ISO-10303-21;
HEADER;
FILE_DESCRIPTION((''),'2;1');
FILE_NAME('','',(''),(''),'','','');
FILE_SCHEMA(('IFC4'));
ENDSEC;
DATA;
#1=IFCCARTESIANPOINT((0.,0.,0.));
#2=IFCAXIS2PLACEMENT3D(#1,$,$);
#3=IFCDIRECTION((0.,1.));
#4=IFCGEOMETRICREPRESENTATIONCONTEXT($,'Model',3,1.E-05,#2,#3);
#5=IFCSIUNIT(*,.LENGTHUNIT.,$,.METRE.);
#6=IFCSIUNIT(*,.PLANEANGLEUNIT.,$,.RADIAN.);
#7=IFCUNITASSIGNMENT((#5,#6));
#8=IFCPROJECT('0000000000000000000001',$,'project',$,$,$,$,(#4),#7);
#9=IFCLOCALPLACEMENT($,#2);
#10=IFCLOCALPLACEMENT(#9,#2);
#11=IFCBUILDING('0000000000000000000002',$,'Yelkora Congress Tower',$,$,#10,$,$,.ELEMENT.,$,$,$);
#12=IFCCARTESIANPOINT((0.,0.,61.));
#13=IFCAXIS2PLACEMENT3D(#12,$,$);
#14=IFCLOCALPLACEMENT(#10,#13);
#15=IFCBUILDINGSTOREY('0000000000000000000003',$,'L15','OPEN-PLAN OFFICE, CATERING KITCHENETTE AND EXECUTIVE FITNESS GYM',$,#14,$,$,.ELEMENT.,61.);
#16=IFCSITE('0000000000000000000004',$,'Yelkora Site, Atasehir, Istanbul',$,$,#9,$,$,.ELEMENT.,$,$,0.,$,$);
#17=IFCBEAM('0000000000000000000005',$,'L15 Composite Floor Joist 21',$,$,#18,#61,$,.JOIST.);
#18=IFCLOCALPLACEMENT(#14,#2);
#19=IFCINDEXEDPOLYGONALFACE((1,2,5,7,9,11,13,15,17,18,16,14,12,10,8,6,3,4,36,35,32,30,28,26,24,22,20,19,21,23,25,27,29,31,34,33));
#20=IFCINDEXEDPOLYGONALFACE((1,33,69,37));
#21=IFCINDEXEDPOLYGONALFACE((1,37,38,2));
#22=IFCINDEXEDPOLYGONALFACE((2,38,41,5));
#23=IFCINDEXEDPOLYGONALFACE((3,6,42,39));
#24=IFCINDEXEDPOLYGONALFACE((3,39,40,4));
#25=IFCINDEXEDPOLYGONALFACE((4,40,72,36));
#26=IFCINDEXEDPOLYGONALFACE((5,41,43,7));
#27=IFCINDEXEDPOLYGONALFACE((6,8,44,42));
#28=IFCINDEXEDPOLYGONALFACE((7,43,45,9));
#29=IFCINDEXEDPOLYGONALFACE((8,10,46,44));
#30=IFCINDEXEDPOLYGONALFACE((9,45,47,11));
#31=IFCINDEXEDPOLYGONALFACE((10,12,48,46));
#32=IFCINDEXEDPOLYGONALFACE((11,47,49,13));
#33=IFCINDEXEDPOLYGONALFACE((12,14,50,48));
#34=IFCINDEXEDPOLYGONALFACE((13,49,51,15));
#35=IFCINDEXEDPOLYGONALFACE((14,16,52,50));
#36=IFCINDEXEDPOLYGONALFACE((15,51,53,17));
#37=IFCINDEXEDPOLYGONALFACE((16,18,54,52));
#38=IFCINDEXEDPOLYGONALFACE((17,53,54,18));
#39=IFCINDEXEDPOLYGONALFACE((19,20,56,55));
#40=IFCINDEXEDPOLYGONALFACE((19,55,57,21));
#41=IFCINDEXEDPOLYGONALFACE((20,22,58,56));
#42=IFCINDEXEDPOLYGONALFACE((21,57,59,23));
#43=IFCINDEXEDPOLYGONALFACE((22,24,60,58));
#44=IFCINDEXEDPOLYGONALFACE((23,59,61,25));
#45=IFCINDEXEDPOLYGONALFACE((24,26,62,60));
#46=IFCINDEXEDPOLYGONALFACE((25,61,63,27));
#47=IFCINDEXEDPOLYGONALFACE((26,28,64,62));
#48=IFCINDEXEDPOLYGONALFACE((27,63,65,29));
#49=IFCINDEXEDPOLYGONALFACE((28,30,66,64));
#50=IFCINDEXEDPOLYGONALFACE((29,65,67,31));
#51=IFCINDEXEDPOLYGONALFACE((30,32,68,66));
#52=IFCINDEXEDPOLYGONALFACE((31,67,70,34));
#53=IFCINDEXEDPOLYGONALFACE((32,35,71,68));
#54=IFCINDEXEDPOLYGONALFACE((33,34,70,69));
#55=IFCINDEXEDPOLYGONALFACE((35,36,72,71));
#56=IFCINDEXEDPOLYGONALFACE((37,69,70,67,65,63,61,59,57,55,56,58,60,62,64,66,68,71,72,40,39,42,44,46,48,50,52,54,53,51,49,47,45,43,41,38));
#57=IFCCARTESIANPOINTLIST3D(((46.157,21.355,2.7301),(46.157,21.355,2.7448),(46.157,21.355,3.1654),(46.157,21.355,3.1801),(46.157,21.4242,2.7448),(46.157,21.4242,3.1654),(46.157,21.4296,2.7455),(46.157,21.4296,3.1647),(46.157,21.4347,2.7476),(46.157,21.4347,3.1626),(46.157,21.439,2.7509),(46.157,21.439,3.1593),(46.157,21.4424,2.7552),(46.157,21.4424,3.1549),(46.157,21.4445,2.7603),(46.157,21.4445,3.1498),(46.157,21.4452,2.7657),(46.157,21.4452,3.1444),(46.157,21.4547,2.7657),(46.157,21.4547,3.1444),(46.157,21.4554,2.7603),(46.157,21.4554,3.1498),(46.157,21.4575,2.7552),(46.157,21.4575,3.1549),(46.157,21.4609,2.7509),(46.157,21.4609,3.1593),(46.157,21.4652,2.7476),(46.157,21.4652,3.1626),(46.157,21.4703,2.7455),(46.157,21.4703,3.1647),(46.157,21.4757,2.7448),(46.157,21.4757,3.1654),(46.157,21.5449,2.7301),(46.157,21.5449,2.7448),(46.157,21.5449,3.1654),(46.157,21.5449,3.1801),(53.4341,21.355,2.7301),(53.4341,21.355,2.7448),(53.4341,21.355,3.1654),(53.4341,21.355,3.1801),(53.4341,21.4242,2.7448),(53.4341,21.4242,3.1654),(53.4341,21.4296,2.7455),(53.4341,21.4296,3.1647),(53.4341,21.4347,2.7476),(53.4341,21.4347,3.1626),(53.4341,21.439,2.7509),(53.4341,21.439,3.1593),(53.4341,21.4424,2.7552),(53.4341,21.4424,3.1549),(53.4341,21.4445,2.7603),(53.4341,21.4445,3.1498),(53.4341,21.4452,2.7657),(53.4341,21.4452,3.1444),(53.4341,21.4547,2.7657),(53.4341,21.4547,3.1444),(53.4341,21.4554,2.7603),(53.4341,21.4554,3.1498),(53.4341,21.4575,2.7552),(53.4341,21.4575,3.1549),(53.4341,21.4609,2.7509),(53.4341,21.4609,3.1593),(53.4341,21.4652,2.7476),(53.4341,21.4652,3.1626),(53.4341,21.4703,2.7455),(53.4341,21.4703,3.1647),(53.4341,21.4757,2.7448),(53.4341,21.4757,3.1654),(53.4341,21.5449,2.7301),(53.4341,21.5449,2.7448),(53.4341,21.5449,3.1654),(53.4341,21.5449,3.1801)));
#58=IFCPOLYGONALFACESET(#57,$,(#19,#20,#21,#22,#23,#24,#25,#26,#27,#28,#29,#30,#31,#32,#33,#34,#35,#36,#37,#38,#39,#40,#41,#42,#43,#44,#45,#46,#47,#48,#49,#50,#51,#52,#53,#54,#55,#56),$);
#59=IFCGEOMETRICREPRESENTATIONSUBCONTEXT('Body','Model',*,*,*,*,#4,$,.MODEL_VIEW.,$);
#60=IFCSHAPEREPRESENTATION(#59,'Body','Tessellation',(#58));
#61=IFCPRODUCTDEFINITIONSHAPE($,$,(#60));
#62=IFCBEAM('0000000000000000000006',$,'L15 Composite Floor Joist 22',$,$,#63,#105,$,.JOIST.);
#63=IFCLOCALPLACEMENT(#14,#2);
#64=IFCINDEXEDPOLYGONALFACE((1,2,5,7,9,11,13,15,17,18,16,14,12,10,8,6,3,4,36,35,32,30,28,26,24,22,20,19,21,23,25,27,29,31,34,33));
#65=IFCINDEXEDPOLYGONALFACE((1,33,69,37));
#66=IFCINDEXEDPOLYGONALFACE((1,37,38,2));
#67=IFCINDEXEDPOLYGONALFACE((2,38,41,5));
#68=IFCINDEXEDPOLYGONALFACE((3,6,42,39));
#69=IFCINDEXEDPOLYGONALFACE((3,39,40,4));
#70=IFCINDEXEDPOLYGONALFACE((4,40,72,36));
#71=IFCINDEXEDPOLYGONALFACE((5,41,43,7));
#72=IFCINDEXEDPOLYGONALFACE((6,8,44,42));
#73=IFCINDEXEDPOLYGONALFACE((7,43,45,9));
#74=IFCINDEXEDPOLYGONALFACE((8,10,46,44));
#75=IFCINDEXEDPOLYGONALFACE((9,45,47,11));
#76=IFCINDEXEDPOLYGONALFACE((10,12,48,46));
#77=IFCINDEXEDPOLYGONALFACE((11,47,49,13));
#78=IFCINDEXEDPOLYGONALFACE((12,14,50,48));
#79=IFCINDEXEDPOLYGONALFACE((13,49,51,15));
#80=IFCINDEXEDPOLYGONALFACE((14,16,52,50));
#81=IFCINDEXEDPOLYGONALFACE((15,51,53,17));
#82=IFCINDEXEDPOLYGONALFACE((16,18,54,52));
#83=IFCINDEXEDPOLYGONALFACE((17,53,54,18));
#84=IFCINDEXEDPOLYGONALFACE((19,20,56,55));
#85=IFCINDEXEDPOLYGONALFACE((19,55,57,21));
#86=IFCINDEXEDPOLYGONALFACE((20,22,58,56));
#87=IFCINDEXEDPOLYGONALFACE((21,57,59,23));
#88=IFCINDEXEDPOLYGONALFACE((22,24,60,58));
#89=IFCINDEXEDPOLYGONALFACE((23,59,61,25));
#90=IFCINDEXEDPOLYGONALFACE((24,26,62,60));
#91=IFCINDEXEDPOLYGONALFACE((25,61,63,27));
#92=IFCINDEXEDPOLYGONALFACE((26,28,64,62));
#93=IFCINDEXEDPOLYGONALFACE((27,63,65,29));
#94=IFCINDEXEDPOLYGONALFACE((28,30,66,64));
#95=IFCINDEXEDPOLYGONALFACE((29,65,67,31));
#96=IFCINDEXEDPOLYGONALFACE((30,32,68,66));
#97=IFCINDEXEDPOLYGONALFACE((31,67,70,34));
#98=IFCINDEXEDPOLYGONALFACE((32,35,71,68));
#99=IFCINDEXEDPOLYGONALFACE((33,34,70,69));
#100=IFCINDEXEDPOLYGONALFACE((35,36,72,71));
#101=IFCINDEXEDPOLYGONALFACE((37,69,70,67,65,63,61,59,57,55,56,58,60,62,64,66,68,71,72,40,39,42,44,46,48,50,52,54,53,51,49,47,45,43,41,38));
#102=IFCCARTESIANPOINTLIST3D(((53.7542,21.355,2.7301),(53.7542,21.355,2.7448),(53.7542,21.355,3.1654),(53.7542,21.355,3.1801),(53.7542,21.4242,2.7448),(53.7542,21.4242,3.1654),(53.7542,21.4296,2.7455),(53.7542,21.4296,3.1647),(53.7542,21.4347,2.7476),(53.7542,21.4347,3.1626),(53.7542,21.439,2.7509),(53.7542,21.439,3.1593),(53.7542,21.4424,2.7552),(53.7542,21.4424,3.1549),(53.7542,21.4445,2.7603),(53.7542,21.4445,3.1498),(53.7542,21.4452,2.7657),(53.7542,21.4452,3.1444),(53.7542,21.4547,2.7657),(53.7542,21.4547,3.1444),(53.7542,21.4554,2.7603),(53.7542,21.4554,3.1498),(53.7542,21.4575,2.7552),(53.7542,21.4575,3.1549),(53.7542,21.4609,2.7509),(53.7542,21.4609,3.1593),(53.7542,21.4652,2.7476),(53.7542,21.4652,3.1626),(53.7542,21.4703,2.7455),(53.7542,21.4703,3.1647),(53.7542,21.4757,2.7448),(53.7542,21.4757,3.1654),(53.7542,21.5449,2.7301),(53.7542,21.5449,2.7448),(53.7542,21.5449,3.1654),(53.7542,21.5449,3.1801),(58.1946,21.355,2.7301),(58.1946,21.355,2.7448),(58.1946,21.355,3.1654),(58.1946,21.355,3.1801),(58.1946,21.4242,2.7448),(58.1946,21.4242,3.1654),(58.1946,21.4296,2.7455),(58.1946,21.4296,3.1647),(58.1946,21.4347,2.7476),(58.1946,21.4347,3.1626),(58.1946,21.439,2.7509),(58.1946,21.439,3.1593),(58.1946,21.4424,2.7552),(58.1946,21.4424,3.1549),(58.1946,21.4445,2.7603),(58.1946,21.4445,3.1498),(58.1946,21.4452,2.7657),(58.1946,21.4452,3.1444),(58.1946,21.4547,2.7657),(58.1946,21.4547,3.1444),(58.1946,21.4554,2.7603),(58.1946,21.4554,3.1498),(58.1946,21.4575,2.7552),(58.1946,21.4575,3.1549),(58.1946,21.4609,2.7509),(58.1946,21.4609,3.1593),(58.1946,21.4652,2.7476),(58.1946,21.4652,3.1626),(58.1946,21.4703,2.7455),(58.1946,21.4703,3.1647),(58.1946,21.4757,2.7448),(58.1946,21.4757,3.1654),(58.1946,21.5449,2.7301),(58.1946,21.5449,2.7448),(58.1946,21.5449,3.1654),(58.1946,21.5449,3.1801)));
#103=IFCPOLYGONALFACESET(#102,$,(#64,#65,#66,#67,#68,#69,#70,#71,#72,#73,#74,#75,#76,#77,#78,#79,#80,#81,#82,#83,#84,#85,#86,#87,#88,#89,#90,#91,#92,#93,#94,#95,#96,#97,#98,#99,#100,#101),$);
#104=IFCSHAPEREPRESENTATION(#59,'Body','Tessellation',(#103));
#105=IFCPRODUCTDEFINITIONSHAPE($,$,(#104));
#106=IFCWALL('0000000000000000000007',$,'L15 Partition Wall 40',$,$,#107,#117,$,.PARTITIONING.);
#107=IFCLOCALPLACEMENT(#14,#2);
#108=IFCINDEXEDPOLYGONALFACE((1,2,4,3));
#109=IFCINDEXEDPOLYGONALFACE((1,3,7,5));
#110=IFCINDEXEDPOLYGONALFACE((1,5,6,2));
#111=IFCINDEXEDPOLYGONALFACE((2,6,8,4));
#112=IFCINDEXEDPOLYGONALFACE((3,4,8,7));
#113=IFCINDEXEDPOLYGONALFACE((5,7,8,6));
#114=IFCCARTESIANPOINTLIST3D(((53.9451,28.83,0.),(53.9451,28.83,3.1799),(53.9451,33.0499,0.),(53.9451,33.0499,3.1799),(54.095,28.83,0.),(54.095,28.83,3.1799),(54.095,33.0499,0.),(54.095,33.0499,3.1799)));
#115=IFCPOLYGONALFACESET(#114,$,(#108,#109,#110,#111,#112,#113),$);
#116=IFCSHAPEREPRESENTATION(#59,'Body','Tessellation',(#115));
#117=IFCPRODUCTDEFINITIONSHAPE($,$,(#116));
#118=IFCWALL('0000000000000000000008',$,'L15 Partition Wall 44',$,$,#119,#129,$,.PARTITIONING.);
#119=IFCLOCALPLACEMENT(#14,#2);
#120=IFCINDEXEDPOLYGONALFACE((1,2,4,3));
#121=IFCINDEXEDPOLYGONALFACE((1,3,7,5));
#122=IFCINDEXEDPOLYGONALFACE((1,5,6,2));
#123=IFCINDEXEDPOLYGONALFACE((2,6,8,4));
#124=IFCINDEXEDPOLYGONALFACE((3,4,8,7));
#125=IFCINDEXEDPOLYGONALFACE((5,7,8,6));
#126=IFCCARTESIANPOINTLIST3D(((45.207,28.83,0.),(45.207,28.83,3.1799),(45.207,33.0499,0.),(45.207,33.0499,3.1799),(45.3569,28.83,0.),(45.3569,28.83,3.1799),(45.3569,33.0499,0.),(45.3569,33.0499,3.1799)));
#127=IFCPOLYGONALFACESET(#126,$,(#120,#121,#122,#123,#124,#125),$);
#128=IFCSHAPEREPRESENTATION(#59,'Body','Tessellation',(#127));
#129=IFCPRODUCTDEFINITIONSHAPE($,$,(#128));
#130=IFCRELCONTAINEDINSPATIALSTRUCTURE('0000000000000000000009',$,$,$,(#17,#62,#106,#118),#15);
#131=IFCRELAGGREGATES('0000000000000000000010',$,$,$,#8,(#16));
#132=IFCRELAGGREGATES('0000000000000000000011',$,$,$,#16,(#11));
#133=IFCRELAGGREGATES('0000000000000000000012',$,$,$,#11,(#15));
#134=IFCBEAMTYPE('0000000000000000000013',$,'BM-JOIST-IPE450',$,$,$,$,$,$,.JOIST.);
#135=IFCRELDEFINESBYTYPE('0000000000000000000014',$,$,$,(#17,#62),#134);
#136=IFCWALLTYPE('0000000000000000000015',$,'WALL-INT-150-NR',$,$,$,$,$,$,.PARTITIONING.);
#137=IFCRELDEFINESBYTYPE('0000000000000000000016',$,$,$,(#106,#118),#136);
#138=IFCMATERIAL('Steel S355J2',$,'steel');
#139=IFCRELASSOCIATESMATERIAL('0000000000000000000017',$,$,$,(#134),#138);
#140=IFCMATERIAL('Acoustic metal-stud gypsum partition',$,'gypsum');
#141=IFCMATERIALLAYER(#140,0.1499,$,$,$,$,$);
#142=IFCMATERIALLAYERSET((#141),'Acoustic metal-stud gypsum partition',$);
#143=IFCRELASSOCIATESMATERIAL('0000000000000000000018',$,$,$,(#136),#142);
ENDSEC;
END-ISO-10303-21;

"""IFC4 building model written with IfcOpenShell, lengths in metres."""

from ifc_helpers import new_model, si_unit, direction, frame, frame_2d, origin, origin_2d, place, context, subcontext, project, spatial, rectangle, i_section, extrude, material, layer, layer_set, material_profile, profile_set, type_object, element, save


model = new_model("IFC4")

# Units and contexts
model_context = context("Model", 3, precision=1e-05, world=origin(), true_north=direction((0.0, 1.0)))
body_context = subcontext(model_context, "Body", "Model", "MODEL_VIEW")
ifc_project = project(units=[si_unit("LENGTHUNIT", "METRE"), si_unit("PLANEANGLEUNIT", "RADIAN")], contexts=[model_context])

# Site, building, storey
site_placement = place(None, origin())
site = spatial("IfcSite", under=ifc_project, at=site_placement, Name="Yelkora Site, Atasehir, Istanbul", CompositionType="ELEMENT", RefElevation=0.0)
building_placement = place(site_placement, origin())
building = spatial("IfcBuilding", under=site, at=building_placement, Name="Yelkora Congress Tower", CompositionType="ELEMENT")
storey_placement = place(building_placement, frame((0.0, 0.0, 61.0)))
storey = spatial("IfcBuildingStorey", under=building, at=storey_placement, Name="L15", Description="OPEN-PLAN OFFICE, CATERING KITCHENETTE AND EXECUTIVE FITNESS GYM", CompositionType="ELEMENT", Elevation=61.0)

# Beams
ifc_material_1 = material(Name="Steel S355J2", Category="steel")
ifc_material_profile_1 = material_profile(ifc_material_1, i_section(OverallWidth=0.1899, OverallDepth=0.45, WebThickness=0.0095, FlangeThickness=0.0146, FilletRadius=0.021, at=origin_2d()), Name="IPE 450")
ifc_profile_set_1 = profile_set([ifc_material_profile_1], Name="Steel S355J2")
beam_type_1 = type_object("IfcBeamType", Name="BM-JOIST-IPE450", PredefinedType="JOIST", material=ifc_profile_set_1)
beam_1_placement = place(storey_placement, frame((46.157, 21.45, 2.9551), z_axis=(1.0, 0.0, 0.0), x_axis=(0.0, 1.0, 0.0)))
element("IfcBeam", 1, at=beam_1_placement, inside=storey, type_object=beam_type_1, Name="L15 Composite Floor Joist 21", PredefinedType="JOIST", context=body_context, shape_type="SweptSolid", body=[
    extrude(i_section(OverallWidth=0.1899, OverallDepth=0.45, WebThickness=0.0095, FlangeThickness=0.0146, FilletRadius=0.021, at=origin_2d()), origin(), (0.0, 0.0, 1.0), 7.2771),
])
beam_2_placement = place(storey_placement, frame((53.7542, 21.45, 2.9551), z_axis=(1.0, 0.0, 0.0), x_axis=(0.0, 1.0, 0.0)))
element("IfcBeam", 2, at=beam_2_placement, inside=storey, type_object=beam_type_1, Name="L15 Composite Floor Joist 22", PredefinedType="JOIST", context=body_context, shape_type="SweptSolid", body=[
    extrude(i_section(OverallWidth=0.1899, OverallDepth=0.45, WebThickness=0.0095, FlangeThickness=0.0146, FilletRadius=0.021, at=origin_2d()), origin(), (0.0, 0.0, 1.0), 4.4404),
])

# Walls
ifc_material_2 = material(Name="Acoustic metal-stud gypsum partition", Category="gypsum")
ifc_layer_1 = layer(ifc_material_2, 0.1499)
ifc_layer_set_1 = layer_set([ifc_layer_1], Name="Acoustic metal-stud gypsum partition")
wall_type_1 = type_object("IfcWallType", Name="WALL-INT-150-NR", PredefinedType="PARTITIONING", material=ifc_layer_set_1)
for number, where, z_axis, x_axis, name in (
    (3, (54.02, 28.8301, 0.0), (0.0, 0.0, 1.0), (0.0, 1.0, 0.0), "L15 Partition Wall 40"),
    (4, (45.282, 28.8301, 0.0), (0.0, 0.0, 1.0), (0.0, 1.0, 0.0), "L15 Partition Wall 44"),
):
    element("IfcWall", number, at=place(storey_placement, frame(where, z_axis=z_axis, x_axis=x_axis)), inside=storey, type_object=wall_type_1, Name=name, PredefinedType="PARTITIONING", context=body_context, shape_type="SweptSolid", body=[
        extrude(rectangle(XDim=4.22, YDim=0.1499, at=frame_2d((2.1099, 0.0))), origin(), (0.0, 0.0, 1.0), 3.1799),
    ])

save(model, "model.ifc")
